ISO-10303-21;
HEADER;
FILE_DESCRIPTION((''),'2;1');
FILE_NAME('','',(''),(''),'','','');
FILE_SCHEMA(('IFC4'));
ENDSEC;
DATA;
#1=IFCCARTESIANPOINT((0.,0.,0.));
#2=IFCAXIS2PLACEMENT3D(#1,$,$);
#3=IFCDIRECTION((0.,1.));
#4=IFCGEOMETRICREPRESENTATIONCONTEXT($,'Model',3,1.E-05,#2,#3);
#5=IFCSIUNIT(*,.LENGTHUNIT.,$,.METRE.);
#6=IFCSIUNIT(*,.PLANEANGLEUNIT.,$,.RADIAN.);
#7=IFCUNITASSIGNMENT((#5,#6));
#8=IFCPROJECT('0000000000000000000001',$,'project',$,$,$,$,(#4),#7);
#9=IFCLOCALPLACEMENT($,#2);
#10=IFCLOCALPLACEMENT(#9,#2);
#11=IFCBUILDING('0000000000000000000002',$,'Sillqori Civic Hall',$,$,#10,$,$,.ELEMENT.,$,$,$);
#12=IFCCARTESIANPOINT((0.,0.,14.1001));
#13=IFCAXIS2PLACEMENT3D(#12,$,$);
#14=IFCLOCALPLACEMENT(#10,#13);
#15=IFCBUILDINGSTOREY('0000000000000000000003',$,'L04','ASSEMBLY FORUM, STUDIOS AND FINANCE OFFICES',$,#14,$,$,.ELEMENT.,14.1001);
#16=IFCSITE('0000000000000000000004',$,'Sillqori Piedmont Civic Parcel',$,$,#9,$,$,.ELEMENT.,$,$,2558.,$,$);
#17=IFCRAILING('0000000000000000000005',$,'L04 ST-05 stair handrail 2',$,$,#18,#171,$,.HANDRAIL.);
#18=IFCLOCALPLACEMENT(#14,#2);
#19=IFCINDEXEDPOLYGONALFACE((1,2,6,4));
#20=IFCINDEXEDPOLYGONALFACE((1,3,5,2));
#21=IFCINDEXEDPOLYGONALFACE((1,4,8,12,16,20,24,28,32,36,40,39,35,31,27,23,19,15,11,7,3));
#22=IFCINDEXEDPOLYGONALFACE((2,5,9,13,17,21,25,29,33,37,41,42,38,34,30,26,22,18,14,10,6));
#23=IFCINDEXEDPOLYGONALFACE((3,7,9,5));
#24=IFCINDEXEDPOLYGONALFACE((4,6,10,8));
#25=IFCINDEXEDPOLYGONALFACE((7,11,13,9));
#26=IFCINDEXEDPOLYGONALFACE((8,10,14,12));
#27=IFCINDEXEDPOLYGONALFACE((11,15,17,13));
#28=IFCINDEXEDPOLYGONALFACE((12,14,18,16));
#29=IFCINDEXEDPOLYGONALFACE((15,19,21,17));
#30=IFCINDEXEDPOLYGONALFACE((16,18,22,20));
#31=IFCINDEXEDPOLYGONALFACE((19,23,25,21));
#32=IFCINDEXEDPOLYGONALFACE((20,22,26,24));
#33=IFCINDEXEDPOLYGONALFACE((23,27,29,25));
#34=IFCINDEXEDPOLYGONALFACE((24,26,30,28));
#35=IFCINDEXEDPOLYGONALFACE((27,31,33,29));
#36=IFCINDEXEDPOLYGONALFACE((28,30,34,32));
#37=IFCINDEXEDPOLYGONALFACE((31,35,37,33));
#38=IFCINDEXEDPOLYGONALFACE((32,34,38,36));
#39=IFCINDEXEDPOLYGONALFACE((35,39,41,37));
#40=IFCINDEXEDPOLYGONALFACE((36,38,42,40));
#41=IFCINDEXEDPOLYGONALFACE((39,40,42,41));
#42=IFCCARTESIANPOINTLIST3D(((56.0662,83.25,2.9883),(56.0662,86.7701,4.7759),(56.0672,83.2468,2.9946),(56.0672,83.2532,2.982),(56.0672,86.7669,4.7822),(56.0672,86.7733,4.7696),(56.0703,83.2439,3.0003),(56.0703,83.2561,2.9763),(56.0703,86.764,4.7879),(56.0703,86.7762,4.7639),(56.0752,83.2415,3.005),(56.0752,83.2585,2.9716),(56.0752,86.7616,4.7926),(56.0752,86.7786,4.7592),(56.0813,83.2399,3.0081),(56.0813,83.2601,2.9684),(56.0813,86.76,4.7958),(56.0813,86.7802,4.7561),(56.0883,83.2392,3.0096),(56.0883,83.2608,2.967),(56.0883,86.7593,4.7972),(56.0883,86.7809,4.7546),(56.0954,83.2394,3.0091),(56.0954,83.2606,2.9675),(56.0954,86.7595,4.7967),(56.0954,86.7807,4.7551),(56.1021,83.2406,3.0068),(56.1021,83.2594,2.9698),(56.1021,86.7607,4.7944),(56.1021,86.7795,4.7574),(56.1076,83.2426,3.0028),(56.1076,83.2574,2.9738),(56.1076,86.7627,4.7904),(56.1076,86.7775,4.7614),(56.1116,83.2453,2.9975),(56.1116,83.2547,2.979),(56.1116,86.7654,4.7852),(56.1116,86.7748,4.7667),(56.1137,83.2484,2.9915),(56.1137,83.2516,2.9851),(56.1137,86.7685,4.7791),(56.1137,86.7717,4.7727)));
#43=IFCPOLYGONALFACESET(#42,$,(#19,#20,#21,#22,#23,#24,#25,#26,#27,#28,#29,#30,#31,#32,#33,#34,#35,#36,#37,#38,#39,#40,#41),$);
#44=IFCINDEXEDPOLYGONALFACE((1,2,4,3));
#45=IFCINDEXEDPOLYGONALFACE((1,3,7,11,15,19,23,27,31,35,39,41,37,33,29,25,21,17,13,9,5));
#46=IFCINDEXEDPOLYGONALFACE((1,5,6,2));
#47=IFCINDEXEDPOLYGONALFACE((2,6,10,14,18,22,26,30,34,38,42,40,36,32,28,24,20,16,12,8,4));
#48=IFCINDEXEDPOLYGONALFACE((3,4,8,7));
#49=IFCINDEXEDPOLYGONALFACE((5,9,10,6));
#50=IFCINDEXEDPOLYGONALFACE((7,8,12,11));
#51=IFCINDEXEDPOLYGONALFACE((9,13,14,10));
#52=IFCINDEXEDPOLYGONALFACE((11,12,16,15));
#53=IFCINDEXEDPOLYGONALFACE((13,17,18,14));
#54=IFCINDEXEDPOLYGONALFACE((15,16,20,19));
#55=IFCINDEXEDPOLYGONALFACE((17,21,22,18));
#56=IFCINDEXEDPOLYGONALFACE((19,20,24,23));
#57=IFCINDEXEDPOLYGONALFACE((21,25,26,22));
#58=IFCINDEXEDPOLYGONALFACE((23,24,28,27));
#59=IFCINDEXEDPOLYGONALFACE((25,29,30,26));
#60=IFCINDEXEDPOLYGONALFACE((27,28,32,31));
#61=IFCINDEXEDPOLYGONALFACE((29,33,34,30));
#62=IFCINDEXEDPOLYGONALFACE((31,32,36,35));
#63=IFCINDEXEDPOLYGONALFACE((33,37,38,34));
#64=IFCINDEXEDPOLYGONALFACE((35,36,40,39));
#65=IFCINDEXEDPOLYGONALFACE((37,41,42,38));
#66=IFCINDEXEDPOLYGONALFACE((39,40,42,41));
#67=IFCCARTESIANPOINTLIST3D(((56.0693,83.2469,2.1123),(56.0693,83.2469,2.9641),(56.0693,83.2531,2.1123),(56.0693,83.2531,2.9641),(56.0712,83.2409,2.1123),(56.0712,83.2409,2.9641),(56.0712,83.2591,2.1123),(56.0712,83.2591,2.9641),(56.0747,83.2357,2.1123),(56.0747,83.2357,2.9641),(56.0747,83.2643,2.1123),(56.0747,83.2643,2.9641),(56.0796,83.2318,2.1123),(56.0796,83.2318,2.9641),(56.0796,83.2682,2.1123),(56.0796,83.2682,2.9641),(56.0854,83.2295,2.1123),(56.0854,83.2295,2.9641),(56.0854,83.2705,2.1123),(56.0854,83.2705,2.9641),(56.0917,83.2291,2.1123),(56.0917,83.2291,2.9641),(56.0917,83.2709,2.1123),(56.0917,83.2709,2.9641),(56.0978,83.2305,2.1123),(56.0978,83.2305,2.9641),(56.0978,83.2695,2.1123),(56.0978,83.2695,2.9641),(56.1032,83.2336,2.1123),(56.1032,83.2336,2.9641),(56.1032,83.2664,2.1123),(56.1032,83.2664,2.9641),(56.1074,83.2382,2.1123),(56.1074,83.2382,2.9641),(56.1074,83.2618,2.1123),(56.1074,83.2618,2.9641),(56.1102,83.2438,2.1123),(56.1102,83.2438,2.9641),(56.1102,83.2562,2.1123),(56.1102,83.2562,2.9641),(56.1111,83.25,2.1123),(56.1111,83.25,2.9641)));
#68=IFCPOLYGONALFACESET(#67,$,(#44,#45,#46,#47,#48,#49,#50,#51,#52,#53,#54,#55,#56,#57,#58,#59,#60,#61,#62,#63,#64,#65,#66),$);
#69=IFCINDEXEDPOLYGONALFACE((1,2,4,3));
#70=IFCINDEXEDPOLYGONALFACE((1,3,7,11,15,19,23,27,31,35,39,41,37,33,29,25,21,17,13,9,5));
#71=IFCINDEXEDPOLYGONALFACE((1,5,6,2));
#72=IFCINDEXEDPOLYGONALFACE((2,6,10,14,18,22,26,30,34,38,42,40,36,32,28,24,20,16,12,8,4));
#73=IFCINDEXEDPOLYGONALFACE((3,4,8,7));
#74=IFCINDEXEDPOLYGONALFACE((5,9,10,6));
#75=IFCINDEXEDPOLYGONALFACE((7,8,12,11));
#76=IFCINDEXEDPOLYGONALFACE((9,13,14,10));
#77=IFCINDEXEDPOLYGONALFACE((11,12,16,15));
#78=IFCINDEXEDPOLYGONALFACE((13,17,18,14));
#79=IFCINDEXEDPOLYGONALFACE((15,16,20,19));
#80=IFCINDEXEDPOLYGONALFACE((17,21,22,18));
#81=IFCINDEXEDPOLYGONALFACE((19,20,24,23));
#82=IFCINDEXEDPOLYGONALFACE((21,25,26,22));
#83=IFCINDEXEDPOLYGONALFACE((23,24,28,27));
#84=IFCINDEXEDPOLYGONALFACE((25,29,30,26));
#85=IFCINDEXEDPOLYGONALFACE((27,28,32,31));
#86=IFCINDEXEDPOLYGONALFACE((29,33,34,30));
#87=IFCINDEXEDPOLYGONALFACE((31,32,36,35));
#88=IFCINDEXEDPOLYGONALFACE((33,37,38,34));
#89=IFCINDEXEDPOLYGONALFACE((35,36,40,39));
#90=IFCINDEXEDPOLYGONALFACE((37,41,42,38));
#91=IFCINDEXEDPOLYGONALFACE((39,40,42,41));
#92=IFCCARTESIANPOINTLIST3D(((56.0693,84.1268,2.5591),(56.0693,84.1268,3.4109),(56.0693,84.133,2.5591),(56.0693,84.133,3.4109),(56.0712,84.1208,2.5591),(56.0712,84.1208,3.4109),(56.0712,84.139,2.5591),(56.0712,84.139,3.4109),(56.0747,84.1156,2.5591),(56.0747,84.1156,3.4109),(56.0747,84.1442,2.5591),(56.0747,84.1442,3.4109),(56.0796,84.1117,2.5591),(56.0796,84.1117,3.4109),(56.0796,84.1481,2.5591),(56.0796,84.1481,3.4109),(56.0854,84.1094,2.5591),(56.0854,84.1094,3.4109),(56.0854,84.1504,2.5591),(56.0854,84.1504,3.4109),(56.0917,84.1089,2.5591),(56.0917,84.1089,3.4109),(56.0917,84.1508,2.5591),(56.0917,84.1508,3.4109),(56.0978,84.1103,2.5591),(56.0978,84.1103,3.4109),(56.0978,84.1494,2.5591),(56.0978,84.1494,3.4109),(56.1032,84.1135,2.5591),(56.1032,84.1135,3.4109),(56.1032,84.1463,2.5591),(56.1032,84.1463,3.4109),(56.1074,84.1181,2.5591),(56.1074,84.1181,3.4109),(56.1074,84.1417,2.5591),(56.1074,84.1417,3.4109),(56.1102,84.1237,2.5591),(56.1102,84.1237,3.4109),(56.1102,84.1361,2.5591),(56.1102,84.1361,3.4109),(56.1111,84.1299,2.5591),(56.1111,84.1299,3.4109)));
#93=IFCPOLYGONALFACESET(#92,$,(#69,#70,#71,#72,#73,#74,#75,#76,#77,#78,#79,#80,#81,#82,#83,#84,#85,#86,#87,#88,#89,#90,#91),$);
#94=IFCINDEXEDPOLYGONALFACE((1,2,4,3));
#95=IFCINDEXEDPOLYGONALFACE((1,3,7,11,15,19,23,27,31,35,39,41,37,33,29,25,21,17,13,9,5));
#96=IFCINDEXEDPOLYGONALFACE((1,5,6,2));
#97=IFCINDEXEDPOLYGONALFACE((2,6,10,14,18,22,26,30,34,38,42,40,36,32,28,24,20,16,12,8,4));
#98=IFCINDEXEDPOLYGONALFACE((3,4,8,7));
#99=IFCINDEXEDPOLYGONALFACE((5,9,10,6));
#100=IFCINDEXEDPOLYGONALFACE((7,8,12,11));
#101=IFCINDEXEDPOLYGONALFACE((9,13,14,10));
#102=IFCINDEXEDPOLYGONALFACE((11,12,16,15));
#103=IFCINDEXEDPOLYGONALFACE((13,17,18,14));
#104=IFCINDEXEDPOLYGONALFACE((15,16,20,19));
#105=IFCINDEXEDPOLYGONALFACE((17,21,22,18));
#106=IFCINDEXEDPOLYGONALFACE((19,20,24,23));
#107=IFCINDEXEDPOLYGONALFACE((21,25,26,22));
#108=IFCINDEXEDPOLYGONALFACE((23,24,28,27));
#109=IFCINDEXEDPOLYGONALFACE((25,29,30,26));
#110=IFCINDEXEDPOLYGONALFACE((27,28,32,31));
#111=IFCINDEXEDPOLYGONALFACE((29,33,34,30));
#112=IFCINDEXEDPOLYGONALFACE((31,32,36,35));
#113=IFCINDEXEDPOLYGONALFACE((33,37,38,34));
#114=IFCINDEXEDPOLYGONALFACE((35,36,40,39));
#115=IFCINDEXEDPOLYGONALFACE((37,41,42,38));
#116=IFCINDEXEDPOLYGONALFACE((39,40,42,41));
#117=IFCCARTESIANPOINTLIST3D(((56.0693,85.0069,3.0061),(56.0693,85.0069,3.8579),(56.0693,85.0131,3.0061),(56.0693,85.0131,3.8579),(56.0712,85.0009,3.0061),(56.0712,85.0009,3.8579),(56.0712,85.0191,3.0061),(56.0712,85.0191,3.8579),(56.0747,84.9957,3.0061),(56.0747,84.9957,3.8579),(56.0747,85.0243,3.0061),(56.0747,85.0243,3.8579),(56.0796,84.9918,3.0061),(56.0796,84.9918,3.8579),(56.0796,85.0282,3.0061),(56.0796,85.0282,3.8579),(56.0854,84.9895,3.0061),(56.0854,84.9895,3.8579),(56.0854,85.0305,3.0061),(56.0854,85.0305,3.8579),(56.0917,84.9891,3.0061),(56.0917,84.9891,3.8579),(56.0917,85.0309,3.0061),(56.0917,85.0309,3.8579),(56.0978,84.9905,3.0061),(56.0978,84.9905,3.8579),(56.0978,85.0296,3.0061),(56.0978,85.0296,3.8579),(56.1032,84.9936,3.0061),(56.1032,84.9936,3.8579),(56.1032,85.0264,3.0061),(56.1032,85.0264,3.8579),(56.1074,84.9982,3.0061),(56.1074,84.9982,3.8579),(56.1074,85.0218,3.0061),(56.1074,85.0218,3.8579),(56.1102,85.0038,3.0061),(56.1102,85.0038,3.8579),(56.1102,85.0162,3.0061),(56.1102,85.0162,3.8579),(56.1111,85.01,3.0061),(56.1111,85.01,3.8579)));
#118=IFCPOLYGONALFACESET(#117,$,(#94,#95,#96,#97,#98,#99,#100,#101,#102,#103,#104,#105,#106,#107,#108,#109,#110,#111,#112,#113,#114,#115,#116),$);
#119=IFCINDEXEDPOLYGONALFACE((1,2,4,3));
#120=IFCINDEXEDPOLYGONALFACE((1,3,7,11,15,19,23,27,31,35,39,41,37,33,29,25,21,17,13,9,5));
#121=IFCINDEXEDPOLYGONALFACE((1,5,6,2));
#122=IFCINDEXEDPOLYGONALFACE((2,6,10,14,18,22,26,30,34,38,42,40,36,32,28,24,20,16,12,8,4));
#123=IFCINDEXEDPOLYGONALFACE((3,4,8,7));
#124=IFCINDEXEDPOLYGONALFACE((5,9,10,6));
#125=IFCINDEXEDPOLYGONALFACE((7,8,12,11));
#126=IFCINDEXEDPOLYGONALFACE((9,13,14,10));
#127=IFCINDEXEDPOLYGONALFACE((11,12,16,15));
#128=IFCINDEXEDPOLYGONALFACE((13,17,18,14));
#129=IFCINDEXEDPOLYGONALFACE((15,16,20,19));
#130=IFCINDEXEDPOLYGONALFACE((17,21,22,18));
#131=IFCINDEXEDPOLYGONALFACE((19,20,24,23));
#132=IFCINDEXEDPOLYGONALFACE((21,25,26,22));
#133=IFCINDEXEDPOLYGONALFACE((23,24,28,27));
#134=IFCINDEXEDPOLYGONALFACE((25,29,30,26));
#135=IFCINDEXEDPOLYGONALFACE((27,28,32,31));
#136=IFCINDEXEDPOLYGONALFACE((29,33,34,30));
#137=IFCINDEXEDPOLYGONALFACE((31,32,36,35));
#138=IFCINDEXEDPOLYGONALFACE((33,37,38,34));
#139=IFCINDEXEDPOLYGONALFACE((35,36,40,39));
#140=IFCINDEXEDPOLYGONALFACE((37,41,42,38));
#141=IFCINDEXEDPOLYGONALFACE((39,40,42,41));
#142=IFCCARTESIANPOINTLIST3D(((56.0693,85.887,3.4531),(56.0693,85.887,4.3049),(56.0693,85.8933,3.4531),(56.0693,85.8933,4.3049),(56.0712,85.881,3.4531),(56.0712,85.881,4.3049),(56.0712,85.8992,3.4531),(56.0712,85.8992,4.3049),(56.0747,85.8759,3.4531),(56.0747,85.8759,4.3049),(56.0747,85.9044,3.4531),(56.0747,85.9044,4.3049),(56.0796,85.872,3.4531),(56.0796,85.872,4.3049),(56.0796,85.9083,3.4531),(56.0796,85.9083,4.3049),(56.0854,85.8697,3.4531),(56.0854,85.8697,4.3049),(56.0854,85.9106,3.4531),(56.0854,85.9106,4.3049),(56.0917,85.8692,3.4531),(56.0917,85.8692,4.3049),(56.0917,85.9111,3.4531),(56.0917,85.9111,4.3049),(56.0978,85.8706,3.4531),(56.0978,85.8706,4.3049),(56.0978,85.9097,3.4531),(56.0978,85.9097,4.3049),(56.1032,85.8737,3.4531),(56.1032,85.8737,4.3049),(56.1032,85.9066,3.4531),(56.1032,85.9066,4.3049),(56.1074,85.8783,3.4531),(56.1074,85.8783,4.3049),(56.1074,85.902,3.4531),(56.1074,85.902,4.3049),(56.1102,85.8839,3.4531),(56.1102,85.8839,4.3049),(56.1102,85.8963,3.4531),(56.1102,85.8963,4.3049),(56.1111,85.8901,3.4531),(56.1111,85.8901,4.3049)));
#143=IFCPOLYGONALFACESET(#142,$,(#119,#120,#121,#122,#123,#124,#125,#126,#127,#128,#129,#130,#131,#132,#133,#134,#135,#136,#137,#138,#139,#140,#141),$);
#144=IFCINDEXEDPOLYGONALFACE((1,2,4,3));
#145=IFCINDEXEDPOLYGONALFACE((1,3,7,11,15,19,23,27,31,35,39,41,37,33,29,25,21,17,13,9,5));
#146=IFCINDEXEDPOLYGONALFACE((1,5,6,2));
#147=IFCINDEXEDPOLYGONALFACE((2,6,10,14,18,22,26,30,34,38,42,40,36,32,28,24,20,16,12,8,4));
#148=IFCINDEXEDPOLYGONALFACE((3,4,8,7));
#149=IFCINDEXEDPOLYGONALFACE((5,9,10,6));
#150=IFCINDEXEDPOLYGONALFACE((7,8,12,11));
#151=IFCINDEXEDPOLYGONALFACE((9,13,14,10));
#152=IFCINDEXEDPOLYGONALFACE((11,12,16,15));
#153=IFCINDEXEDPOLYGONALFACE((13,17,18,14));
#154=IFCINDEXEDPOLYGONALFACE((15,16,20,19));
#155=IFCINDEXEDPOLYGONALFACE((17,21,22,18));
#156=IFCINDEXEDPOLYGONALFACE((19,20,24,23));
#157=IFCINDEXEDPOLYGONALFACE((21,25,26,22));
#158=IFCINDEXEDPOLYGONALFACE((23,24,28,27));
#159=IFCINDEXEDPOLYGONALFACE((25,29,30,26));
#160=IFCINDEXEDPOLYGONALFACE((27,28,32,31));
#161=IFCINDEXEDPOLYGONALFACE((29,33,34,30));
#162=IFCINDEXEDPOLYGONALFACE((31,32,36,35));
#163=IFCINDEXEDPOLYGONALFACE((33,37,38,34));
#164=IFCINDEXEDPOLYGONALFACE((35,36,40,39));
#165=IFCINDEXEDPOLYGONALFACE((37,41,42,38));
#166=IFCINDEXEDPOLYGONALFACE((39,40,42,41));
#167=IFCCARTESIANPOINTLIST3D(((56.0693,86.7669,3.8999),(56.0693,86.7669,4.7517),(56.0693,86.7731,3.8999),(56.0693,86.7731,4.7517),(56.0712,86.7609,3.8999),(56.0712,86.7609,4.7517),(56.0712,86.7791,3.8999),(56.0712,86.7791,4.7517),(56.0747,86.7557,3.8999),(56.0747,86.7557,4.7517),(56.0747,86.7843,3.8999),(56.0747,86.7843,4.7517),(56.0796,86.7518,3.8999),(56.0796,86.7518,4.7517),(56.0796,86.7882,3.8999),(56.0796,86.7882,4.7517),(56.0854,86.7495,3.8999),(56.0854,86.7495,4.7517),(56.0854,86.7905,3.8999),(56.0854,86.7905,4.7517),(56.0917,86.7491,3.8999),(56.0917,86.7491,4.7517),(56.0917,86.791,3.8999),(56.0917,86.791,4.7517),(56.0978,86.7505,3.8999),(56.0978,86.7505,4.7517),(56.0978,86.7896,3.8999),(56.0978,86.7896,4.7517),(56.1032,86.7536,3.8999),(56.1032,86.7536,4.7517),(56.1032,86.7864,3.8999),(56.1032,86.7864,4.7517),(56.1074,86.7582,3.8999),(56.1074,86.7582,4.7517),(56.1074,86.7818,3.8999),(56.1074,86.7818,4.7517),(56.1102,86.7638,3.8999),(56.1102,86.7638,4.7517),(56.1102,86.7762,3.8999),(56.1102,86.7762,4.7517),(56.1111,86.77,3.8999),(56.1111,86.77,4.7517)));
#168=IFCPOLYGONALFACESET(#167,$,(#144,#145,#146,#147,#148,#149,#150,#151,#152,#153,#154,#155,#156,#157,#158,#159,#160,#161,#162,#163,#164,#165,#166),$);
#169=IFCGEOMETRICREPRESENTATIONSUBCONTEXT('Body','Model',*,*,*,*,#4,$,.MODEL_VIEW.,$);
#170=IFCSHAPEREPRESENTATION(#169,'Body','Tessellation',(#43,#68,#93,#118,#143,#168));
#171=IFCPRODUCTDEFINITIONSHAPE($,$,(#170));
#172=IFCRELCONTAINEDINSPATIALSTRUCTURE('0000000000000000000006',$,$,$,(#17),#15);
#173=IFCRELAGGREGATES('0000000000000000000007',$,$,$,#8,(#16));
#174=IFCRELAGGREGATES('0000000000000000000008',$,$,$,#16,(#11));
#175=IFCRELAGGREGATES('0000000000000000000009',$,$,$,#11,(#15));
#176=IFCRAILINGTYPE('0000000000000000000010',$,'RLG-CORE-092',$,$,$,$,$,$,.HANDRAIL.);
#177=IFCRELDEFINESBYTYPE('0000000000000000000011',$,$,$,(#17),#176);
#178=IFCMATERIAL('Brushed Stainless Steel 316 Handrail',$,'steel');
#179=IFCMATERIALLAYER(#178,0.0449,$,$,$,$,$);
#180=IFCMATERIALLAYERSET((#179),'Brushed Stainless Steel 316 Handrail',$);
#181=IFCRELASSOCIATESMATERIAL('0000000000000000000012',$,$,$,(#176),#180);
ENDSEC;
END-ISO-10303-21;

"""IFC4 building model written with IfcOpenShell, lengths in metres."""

from ifc_helpers import new_model, si_unit, direction, frame, origin, origin_2d, place, context, subcontext, project, spatial, circle, extrude, material, layer, layer_set, type_object, element, save


model = new_model("IFC4")

# Units and contexts
model_context = context("Model", 3, precision=1e-05, world=origin(), true_north=direction((0.0, 1.0)))
body_context = subcontext(model_context, "Body", "Model", "MODEL_VIEW")
ifc_project = project(units=[si_unit("LENGTHUNIT", "METRE"), si_unit("PLANEANGLEUNIT", "RADIAN")], contexts=[model_context])

# Site, building, storey
site_placement = place(None, origin())
site = spatial("IfcSite", under=ifc_project, at=site_placement, Name="Sillqori Piedmont Civic Parcel", CompositionType="ELEMENT", RefElevation=2558.0)
building_placement = place(site_placement, origin())
building = spatial("IfcBuilding", under=site, at=building_placement, Name="Sillqori Civic Hall", CompositionType="ELEMENT")
storey_placement = place(building_placement, frame((0.0, 0.0, 14.1001)))
storey = spatial("IfcBuildingStorey", under=building, at=storey_placement, Name="L04", Description="ASSEMBLY FORUM, STUDIOS AND FINANCE OFFICES", CompositionType="ELEMENT", Elevation=14.1001)

# Railing
ifc_material_1 = material(Name="Brushed Stainless Steel 316 Handrail", Category="steel")
ifc_layer_1 = layer(ifc_material_1, 0.0449)
ifc_layer_set_1 = layer_set([ifc_layer_1], Name="Brushed Stainless Steel 316 Handrail")
railing_type_1 = type_object("IfcRailingType", Name="RLG-CORE-092", PredefinedType="HANDRAIL", material=ifc_layer_set_1)
railing_1_placement = place(storey_placement, frame((56.0901, 83.25, 2.1123)))
element("IfcRailing", 1, at=railing_1_placement, inside=storey, type_object=railing_type_1, Name="L04 ST-05 stair handrail 2", PredefinedType="HANDRAIL", context=body_context, shape_type="SweptSolid", body=[
    extrude(circle(Radius=0.0239, at=origin_2d()), frame((0.0, 0.0, 0.876), z_axis=(0.0, 0.891615, 0.452795), x_axis=(-1.0, 0.0, 0.0)), (0.0, 0.0, 1.0), 3.948),
    extrude(circle(Radius=0.021, at=origin_2d()), origin(), (0.0, 0.0, 1.0), 0.8518),
    extrude(circle(Radius=0.021, at=origin_2d()), frame((0.0, 0.8799, 0.4468)), (0.0, 0.0, 1.0), 0.8518),
    extrude(circle(Radius=0.021, at=origin_2d()), frame((0.0, 1.76, 0.8938)), (0.0, 0.0, 1.0), 0.8518),
    extrude(circle(Radius=0.021, at=origin_2d()), frame((0.0, 2.6401, 1.3408)), (0.0, 0.0, 1.0), 0.8518),
    extrude(circle(Radius=0.021, at=origin_2d()), frame((0.0, 3.52, 1.7876)), (0.0, 0.0, 1.0), 0.8518),
])

save(model, "model.ifc")
